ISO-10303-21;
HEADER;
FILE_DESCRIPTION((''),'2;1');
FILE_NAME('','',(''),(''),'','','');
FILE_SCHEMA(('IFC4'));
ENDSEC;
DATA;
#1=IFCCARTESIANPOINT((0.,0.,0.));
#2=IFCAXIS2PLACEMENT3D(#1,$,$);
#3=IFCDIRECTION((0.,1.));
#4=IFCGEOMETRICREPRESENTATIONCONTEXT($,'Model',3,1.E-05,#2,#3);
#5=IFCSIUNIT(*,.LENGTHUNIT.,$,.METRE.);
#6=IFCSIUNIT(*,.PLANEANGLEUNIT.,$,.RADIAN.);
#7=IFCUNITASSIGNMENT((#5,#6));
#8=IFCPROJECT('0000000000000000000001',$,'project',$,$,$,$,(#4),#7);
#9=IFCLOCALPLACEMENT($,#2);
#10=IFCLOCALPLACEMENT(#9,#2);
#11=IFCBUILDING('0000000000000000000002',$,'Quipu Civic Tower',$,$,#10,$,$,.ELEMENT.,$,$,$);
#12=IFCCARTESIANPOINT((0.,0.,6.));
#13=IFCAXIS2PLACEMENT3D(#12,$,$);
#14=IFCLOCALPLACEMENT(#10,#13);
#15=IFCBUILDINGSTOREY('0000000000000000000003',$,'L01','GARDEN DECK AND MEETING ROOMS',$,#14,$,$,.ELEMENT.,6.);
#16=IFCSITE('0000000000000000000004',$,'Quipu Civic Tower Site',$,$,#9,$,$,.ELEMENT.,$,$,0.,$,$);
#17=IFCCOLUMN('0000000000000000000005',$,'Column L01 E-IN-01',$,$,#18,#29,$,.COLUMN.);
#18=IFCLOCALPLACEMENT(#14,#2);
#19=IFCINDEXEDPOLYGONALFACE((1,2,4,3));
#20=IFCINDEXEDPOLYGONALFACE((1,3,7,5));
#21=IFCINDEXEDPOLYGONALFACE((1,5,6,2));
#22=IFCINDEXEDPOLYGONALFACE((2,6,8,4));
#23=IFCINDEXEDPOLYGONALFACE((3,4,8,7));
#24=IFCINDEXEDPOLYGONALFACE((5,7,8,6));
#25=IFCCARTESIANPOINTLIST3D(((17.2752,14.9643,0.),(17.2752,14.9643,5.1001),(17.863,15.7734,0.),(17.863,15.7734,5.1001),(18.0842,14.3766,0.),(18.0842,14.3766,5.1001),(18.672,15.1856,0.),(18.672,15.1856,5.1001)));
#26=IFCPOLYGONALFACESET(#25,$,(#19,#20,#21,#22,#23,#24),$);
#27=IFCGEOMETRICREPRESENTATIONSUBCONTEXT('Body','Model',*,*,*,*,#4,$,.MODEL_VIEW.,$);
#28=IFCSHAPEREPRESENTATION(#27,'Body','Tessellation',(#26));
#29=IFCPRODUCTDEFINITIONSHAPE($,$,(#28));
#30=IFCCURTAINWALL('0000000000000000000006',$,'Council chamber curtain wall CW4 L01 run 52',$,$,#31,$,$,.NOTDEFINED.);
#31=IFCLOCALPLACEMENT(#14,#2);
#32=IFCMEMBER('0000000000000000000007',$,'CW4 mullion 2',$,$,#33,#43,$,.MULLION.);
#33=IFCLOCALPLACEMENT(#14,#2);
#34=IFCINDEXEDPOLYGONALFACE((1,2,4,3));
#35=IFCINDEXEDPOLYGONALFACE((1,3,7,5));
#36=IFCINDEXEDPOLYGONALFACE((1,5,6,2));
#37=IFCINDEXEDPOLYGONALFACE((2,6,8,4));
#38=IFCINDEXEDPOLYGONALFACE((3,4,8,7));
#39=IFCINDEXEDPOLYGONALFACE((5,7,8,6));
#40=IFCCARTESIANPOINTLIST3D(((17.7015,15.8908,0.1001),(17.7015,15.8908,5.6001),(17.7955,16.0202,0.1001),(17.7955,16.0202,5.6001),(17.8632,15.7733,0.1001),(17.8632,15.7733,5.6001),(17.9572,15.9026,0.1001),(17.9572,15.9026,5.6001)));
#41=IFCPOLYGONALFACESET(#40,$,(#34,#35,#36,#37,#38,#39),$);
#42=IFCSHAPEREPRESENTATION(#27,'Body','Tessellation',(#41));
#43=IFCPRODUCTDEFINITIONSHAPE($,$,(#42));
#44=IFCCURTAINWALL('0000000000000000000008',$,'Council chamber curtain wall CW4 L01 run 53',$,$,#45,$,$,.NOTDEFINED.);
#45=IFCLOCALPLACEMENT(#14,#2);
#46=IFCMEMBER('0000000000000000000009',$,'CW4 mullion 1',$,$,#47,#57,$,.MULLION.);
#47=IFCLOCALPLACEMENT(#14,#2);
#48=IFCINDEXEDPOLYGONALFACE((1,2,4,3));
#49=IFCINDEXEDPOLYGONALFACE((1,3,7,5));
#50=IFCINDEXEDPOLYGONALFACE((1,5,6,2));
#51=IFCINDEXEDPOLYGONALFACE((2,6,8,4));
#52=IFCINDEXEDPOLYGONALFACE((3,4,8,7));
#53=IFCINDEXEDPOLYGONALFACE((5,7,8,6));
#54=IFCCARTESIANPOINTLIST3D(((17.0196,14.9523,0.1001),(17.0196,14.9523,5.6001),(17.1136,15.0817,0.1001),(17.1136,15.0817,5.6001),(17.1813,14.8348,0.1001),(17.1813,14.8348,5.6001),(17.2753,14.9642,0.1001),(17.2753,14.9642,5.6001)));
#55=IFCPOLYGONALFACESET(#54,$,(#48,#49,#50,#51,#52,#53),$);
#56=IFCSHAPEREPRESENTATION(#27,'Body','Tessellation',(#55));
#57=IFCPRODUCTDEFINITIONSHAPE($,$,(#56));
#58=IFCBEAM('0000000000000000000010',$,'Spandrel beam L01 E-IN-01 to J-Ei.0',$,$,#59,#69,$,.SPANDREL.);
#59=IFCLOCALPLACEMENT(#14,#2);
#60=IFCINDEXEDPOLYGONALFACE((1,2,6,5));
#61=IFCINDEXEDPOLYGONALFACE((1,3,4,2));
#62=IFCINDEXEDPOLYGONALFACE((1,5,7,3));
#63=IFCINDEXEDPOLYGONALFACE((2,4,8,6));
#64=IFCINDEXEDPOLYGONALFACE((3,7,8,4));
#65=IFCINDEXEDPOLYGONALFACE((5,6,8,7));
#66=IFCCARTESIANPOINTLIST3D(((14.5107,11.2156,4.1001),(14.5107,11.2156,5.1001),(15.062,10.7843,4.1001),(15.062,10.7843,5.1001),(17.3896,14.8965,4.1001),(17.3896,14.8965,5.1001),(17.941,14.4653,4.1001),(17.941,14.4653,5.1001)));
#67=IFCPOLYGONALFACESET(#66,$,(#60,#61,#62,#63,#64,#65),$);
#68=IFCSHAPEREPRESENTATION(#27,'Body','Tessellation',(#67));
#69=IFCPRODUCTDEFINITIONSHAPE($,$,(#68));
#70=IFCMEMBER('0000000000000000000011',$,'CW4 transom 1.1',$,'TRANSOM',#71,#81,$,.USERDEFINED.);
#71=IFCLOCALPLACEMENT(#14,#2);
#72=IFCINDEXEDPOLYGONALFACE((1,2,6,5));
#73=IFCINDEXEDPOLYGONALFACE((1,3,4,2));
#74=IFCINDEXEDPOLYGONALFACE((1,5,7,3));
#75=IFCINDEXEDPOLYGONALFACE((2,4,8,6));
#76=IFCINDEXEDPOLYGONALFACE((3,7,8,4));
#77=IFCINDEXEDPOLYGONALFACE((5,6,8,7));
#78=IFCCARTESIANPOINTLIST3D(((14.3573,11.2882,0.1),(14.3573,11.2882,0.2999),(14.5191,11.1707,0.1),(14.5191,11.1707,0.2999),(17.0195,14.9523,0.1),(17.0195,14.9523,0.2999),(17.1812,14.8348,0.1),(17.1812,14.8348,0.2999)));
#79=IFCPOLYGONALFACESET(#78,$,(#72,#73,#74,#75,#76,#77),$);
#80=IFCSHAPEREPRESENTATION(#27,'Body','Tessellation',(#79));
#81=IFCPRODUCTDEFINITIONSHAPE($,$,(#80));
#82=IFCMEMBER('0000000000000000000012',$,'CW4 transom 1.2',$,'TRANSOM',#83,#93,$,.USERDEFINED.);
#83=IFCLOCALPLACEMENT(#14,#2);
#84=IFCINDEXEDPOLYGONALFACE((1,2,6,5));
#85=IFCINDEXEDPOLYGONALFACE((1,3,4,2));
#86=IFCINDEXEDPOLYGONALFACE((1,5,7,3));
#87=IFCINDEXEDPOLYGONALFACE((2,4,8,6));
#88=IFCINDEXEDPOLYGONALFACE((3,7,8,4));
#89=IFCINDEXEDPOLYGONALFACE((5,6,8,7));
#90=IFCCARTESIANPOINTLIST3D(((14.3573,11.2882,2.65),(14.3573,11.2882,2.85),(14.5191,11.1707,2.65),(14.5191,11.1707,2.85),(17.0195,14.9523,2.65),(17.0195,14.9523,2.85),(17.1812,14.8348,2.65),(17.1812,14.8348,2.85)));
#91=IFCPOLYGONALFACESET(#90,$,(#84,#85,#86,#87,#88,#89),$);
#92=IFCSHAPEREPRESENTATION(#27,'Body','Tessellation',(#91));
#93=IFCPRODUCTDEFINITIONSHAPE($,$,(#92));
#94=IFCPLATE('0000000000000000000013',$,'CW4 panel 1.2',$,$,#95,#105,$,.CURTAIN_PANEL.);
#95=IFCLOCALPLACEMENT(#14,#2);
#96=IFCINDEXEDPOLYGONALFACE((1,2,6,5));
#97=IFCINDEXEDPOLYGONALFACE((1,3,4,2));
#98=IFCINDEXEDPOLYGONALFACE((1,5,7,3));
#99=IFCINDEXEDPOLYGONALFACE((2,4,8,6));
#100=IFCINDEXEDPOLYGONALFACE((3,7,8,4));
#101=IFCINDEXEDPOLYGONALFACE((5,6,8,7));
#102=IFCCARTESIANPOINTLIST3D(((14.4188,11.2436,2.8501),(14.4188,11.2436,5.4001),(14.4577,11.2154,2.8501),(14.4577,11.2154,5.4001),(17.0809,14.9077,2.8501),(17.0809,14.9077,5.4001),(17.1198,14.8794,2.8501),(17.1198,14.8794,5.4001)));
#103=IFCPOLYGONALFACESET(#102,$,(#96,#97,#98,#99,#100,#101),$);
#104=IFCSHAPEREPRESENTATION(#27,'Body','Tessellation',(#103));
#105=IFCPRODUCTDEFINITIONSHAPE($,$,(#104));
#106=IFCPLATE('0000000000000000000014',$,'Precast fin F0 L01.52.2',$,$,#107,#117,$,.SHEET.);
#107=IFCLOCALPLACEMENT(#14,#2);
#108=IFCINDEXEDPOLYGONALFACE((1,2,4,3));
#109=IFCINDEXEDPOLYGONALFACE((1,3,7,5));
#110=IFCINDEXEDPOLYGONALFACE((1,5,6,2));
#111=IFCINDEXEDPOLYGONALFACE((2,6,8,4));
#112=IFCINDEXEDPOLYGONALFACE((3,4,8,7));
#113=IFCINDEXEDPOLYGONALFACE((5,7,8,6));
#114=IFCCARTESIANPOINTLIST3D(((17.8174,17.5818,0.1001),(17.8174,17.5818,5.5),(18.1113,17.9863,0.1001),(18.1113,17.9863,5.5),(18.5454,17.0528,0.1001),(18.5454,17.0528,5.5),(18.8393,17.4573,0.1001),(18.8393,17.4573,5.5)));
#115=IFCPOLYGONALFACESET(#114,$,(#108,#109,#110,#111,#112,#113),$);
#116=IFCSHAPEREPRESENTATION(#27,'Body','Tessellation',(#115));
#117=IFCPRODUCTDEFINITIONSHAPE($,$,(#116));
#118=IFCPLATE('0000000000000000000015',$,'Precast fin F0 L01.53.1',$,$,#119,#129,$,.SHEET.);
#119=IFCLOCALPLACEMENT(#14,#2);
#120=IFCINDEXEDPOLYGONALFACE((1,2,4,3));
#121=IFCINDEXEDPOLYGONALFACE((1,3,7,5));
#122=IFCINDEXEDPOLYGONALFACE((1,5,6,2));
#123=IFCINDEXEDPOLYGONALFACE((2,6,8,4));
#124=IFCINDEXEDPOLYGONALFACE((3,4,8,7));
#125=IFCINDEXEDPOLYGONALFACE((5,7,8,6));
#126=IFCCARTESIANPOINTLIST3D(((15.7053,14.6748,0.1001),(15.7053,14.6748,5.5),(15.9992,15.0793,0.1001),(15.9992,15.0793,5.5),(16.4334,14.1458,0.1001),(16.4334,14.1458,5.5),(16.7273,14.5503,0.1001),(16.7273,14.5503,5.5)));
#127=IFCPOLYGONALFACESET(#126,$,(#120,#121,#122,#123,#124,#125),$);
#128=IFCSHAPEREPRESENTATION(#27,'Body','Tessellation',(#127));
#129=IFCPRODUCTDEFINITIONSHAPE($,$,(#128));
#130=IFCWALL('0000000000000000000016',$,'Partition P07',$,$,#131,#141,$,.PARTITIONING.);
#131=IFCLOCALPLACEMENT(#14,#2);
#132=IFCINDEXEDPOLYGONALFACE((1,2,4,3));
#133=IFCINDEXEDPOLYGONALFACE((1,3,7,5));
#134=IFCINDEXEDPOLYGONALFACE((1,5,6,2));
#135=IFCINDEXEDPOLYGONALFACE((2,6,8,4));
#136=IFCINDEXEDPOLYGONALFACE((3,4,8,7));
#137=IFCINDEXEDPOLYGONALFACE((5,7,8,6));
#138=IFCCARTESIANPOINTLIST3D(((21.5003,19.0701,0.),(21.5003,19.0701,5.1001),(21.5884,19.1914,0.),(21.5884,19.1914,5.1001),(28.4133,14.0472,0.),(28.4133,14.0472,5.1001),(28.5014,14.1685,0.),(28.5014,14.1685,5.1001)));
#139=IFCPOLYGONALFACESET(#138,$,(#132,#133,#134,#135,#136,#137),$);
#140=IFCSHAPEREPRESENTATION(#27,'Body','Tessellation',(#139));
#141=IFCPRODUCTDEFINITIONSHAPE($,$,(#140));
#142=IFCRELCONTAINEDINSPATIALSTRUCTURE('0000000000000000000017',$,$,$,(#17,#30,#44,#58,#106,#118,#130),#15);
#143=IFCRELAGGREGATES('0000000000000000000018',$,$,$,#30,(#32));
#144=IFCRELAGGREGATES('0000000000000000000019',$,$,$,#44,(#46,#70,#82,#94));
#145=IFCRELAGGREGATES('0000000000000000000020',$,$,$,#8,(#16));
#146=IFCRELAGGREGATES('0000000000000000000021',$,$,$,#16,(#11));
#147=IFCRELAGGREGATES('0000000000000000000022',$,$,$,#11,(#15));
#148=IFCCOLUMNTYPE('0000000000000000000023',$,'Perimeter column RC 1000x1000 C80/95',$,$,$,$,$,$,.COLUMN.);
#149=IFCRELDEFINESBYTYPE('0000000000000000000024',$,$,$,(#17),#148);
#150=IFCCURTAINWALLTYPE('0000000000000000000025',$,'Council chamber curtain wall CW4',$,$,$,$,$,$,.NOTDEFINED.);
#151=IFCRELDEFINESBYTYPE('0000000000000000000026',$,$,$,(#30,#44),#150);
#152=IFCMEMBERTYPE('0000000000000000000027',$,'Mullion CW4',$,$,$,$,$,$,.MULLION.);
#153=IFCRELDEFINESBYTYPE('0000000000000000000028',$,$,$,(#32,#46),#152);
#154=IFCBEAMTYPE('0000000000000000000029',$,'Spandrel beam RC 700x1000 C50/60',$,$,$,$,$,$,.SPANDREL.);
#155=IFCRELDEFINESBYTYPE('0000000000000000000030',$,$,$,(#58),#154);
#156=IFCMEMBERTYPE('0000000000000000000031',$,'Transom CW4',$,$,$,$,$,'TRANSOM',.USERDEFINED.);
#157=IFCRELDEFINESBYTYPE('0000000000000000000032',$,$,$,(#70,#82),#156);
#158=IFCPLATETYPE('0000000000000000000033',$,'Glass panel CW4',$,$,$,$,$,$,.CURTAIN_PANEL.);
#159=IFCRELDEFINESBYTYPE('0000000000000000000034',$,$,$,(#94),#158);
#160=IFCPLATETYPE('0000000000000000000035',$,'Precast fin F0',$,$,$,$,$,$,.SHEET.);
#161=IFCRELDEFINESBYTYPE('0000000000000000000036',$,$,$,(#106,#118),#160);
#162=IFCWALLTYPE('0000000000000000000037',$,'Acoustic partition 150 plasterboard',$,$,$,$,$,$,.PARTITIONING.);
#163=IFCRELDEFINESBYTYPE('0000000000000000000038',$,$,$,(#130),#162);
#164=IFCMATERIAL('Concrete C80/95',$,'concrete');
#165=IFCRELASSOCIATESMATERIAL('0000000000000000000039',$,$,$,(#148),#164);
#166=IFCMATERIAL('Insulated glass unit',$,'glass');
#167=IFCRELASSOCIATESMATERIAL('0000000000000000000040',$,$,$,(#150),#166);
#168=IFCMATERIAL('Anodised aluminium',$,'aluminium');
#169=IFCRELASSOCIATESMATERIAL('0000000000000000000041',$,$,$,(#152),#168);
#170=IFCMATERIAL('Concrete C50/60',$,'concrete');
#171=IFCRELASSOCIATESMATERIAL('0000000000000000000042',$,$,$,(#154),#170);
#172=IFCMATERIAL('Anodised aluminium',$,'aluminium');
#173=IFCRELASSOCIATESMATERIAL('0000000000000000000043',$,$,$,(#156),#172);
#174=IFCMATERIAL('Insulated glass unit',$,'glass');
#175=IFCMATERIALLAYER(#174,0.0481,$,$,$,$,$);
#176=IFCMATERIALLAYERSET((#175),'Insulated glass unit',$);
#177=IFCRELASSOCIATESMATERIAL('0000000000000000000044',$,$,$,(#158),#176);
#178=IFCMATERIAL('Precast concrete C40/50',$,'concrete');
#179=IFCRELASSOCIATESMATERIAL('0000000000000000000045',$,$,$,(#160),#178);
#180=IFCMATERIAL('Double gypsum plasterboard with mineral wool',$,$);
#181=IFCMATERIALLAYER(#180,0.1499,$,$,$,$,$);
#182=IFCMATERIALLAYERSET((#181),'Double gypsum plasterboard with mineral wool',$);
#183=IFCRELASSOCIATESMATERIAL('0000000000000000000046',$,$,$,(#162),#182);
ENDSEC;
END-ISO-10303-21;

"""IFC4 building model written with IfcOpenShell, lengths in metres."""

from ifc_helpers import new_model, si_unit, direction, frame, frame_2d, origin, origin_2d, place, context, subcontext, project, spatial, rectangle, extrude, material, layer, layer_set, material_profile, profile_set, type_object, element, aggregate, save


model = new_model("IFC4")

# Units and contexts
model_context = context("Model", 3, precision=1e-05, world=origin(), true_north=direction((0.0, 1.0)))
body_context = subcontext(model_context, "Body", "Model", "MODEL_VIEW")
ifc_project = project(units=[si_unit("LENGTHUNIT", "METRE"), si_unit("PLANEANGLEUNIT", "RADIAN")], contexts=[model_context])

# Site, building, storey
site_placement = place(None, origin())
site = spatial("IfcSite", under=ifc_project, at=site_placement, Name="Quipu Civic Tower Site", CompositionType="ELEMENT", RefElevation=0.0)
building_placement = place(site_placement, origin())
building = spatial("IfcBuilding", under=site, at=building_placement, Name="Quipu Civic Tower", CompositionType="ELEMENT")
storey_placement = place(building_placement, frame((0.0, 0.0, 6.0)))
storey = spatial("IfcBuildingStorey", under=building, at=storey_placement, Name="L01", Description="GARDEN DECK AND MEETING ROOMS", CompositionType="ELEMENT", Elevation=6.0)

# Column
ifc_material_1 = material(Name="Concrete C80/95", Category="concrete")
ifc_material_profile_1 = material_profile(ifc_material_1, rectangle(XDim=1.0, YDim=1.0, at=origin_2d()), Name="RC1000x1000")
ifc_profile_set_1 = profile_set([ifc_material_profile_1], Name="Concrete C80/95")
column_type = type_object("IfcColumnType", Name="Perimeter column RC 1000x1000 C80/95", PredefinedType="COLUMN", material=ifc_profile_set_1)
column_placement = place(storey_placement, frame((17.9736, 15.075, 0.0), z_axis=(0.0, 0.0, 1.0), x_axis=(-0.587785, -0.809017, 0.0)))
element("IfcColumn", 1, at=column_placement, inside=storey, type_object=column_type, Name="Column L01 E-IN-01", PredefinedType="COLUMN", context=body_context, shape_type="SweptSolid", body=[
    extrude(rectangle(XDim=1.0, YDim=1.0, at=origin_2d()), origin(), (0.0, 0.0, 1.0), 5.1001),
])

# Curtain walls, members
ifc_material_2 = material(Name="Insulated glass unit", Category="glass")
curtain_wall_type = type_object("IfcCurtainWallType", Name="Council chamber curtain wall CW4", PredefinedType="NOTDEFINED", material=ifc_material_2)
curtain_wall_1_placement = place(storey_placement, origin())
curtain_wall_1 = element("IfcCurtainWall", 2, at=curtain_wall_1_placement, inside=storey, type_object=curtain_wall_type, Name="Council chamber curtain wall CW4 L01 run 52", PredefinedType="NOTDEFINED")
ifc_material_3 = material(Name="Anodised aluminium", Category="aluminium")
ifc_material_profile_2 = material_profile(ifc_material_3, rectangle(XDim=0.2, YDim=0.1599, at=origin_2d()), Name="RECT 200x160")
ifc_profile_set_2 = profile_set([ifc_material_profile_2], Name="Anodised aluminium")
member_type_1 = type_object("IfcMemberType", Name="Mullion CW4", PredefinedType="MULLION", material=ifc_profile_set_2)
member_1_placement = place(storey_placement, frame((17.8293, 15.8967, 0.1001), z_axis=(0.0, 0.0, 1.0), x_axis=(0.809006, -0.5878, 0.0)))
member_1 = element("IfcMember", 3, at=member_1_placement, type_object=member_type_1, Name="CW4 mullion 2", PredefinedType="MULLION", context=body_context, shape_type="SweptSolid", body=[
    extrude(rectangle(XDim=0.2, YDim=0.1599, at=origin_2d()), origin(), (0.0, 0.0, 1.0), 5.5),
])
aggregate(curtain_wall_1, [member_1])
curtain_wall_2_placement = place(storey_placement, origin())
curtain_wall_2 = element("IfcCurtainWall", 4, at=curtain_wall_2_placement, inside=storey, type_object=curtain_wall_type, Name="Council chamber curtain wall CW4 L01 run 53", PredefinedType="NOTDEFINED")
member_2_placement = place(storey_placement, frame((17.1475, 14.9583, 0.1001), z_axis=(0.0, 0.0, 1.0), x_axis=(0.80901, -0.587795, 0.0)))
member_2 = element("IfcMember", 5, at=member_2_placement, type_object=member_type_1, Name="CW4 mullion 1", PredefinedType="MULLION", context=body_context, shape_type="SweptSolid", body=[
    extrude(rectangle(XDim=0.2, YDim=0.1599, at=origin_2d()), origin(), (0.0, 0.0, 1.0), 5.5),
])

# Beam
ifc_material_4 = material(Name="Concrete C50/60", Category="concrete")
ifc_material_profile_3 = material_profile(ifc_material_4, rectangle(XDim=0.7, YDim=1.0, at=origin_2d()), Name="RC700x1000")
ifc_profile_set_3 = profile_set([ifc_material_profile_3], Name="Concrete C50/60")
beam_type = type_object("IfcBeamType", Name="Spandrel beam RC 700x1000 C50/60", PredefinedType="SPANDREL", material=ifc_profile_set_3)
beam_placement = place(storey_placement, frame((17.6653, 14.6809, 4.6001), z_axis=(-0.616069, -0.787692, 0.0), x_axis=(0.787692, -0.616069, 0.0)))
element("IfcBeam", 6, at=beam_placement, inside=storey, type_object=beam_type, Name="Spandrel beam L01 E-IN-01 to J-Ei.0", PredefinedType="SPANDREL", context=body_context, shape_type="SweptSolid", body=[
    extrude(rectangle(XDim=0.7, YDim=1.0, at=origin_2d()), origin(), (0.0, 0.0, 1.0), 4.6731),
])

# Members
ifc_material_5 = material(Name="Anodised aluminium", Category="aluminium")
ifc_material_profile_4 = material_profile(ifc_material_5, rectangle(XDim=0.2, YDim=0.2, at=origin_2d()), Name="RECT 200x200")
ifc_profile_set_4 = profile_set([ifc_material_profile_4], Name="Anodised aluminium")
member_type_2 = type_object("IfcMemberType", Name="Transom CW4", ElementType="TRANSOM", PredefinedType="USERDEFINED", material=ifc_profile_set_4)
member_3_placement = place(storey_placement, frame((17.1003, 14.8936, 0.2), z_axis=(-0.587787, -0.809016, 0.0), x_axis=(0.809016, -0.587787, 0.0)))
member_3 = element("IfcMember", 7, at=member_3_placement, type_object=member_type_2, Name="CW4 transom 1.1", ObjectType="TRANSOM", PredefinedType="USERDEFINED", context=body_context, shape_type="SweptSolid", body=[
    extrude(rectangle(XDim=0.2, YDim=0.2, at=origin_2d()), origin(), (0.0, 0.0, 1.0), 4.5291),
])
member_4_placement = place(storey_placement, frame((17.1003, 14.8936, 2.75), z_axis=(-0.587787, -0.809016, 0.0), x_axis=(0.809016, -0.587787, 0.0)))
member_4 = element("IfcMember", 8, at=member_4_placement, type_object=member_type_2, Name="CW4 transom 1.2", ObjectType="TRANSOM", PredefinedType="USERDEFINED", context=body_context, shape_type="SweptSolid", body=[
    extrude(rectangle(XDim=0.2, YDim=0.2, at=origin_2d()), origin(), (0.0, 0.0, 1.0), 4.5291),
])

# Plate
ifc_material_6 = material(Name="Insulated glass unit", Category="glass")
ifc_layer_1 = layer(ifc_material_6, 0.0481)
ifc_layer_set_1 = layer_set([ifc_layer_1], Name="Insulated glass unit")
plate_type_1 = type_object("IfcPlateType", Name="Glass panel CW4", PredefinedType="CURTAIN_PANEL", material=ifc_layer_set_1)
plate_placement = place(storey_placement, frame((15.7693, 13.0615, 2.8501), z_axis=(0.0, 0.0, 1.0), x_axis=(-0.587795, -0.80901, 0.0)))
plate = element("IfcPlate", 9, at=plate_placement, type_object=plate_type_1, Name="CW4 panel 1.2", PredefinedType="CURTAIN_PANEL", context=body_context, shape_type="SweptSolid", body=[
    extrude(rectangle(XDim=4.5291, YDim=0.0481, at=origin_2d()), origin(), (0.0, 0.0, 1.0), 2.55),
])
aggregate(curtain_wall_2, [member_2, member_3, member_4, plate])

# Plates
ifc_material_7 = material(Name="Precast concrete C40/50", Category="concrete")
plate_type_2 = type_object("IfcPlateType", Name="Precast fin F0", PredefinedType="SHEET", material=ifc_material_7)
for number, where, z_axis, x_axis, name in (
    (10, (18.3284, 17.5195, 0.1001), (0.0, 0.0, 1.0), (-0.587785, -0.809017, 0.0), "Precast fin F0 L01.52.2"),
    (11, (16.2163, 14.6125, 0.1001), (0.0, 0.0, 1.0), (-0.587785, -0.809017, 0.0), "Precast fin F0 L01.53.1"),
):
    element("IfcPlate", number, at=place(storey_placement, frame(where, z_axis=z_axis, x_axis=x_axis)), inside=storey, type_object=plate_type_2, Name=name, PredefinedType="SHEET", context=body_context, shape_type="SweptSolid", body=[
        extrude(rectangle(XDim=0.5, YDim=0.8999, at=origin_2d()), origin(), (0.0, 0.0, 1.0), 5.3999),
    ])

# Wall
ifc_material_8 = material(Name="Double gypsum plasterboard with mineral wool")
ifc_layer_2 = layer(ifc_material_8, 0.1499)
ifc_layer_set_2 = layer_set([ifc_layer_2], Name="Double gypsum plasterboard with mineral wool")
wall_type = type_object("IfcWallType", Name="Acoustic partition 150 plasterboard", PredefinedType="PARTITIONING", material=ifc_layer_set_2)
wall_placement = place(storey_placement, frame((28.4573, 14.1079, 0.0), z_axis=(0.0, 0.0, 1.0), x_axis=(-0.809, 0.587808, 0.0)))
element("IfcWall", 12, at=wall_placement, inside=storey, type_object=wall_type, Name="Partition P07", PredefinedType="PARTITIONING", context=body_context, shape_type="SweptSolid", body=[
    extrude(rectangle(XDim=8.5452, YDim=0.1499, at=frame_2d((4.2725, 0.0))), origin(), (0.0, 0.0, 1.0), 5.1001),
])

save(model, "model.ifc")
